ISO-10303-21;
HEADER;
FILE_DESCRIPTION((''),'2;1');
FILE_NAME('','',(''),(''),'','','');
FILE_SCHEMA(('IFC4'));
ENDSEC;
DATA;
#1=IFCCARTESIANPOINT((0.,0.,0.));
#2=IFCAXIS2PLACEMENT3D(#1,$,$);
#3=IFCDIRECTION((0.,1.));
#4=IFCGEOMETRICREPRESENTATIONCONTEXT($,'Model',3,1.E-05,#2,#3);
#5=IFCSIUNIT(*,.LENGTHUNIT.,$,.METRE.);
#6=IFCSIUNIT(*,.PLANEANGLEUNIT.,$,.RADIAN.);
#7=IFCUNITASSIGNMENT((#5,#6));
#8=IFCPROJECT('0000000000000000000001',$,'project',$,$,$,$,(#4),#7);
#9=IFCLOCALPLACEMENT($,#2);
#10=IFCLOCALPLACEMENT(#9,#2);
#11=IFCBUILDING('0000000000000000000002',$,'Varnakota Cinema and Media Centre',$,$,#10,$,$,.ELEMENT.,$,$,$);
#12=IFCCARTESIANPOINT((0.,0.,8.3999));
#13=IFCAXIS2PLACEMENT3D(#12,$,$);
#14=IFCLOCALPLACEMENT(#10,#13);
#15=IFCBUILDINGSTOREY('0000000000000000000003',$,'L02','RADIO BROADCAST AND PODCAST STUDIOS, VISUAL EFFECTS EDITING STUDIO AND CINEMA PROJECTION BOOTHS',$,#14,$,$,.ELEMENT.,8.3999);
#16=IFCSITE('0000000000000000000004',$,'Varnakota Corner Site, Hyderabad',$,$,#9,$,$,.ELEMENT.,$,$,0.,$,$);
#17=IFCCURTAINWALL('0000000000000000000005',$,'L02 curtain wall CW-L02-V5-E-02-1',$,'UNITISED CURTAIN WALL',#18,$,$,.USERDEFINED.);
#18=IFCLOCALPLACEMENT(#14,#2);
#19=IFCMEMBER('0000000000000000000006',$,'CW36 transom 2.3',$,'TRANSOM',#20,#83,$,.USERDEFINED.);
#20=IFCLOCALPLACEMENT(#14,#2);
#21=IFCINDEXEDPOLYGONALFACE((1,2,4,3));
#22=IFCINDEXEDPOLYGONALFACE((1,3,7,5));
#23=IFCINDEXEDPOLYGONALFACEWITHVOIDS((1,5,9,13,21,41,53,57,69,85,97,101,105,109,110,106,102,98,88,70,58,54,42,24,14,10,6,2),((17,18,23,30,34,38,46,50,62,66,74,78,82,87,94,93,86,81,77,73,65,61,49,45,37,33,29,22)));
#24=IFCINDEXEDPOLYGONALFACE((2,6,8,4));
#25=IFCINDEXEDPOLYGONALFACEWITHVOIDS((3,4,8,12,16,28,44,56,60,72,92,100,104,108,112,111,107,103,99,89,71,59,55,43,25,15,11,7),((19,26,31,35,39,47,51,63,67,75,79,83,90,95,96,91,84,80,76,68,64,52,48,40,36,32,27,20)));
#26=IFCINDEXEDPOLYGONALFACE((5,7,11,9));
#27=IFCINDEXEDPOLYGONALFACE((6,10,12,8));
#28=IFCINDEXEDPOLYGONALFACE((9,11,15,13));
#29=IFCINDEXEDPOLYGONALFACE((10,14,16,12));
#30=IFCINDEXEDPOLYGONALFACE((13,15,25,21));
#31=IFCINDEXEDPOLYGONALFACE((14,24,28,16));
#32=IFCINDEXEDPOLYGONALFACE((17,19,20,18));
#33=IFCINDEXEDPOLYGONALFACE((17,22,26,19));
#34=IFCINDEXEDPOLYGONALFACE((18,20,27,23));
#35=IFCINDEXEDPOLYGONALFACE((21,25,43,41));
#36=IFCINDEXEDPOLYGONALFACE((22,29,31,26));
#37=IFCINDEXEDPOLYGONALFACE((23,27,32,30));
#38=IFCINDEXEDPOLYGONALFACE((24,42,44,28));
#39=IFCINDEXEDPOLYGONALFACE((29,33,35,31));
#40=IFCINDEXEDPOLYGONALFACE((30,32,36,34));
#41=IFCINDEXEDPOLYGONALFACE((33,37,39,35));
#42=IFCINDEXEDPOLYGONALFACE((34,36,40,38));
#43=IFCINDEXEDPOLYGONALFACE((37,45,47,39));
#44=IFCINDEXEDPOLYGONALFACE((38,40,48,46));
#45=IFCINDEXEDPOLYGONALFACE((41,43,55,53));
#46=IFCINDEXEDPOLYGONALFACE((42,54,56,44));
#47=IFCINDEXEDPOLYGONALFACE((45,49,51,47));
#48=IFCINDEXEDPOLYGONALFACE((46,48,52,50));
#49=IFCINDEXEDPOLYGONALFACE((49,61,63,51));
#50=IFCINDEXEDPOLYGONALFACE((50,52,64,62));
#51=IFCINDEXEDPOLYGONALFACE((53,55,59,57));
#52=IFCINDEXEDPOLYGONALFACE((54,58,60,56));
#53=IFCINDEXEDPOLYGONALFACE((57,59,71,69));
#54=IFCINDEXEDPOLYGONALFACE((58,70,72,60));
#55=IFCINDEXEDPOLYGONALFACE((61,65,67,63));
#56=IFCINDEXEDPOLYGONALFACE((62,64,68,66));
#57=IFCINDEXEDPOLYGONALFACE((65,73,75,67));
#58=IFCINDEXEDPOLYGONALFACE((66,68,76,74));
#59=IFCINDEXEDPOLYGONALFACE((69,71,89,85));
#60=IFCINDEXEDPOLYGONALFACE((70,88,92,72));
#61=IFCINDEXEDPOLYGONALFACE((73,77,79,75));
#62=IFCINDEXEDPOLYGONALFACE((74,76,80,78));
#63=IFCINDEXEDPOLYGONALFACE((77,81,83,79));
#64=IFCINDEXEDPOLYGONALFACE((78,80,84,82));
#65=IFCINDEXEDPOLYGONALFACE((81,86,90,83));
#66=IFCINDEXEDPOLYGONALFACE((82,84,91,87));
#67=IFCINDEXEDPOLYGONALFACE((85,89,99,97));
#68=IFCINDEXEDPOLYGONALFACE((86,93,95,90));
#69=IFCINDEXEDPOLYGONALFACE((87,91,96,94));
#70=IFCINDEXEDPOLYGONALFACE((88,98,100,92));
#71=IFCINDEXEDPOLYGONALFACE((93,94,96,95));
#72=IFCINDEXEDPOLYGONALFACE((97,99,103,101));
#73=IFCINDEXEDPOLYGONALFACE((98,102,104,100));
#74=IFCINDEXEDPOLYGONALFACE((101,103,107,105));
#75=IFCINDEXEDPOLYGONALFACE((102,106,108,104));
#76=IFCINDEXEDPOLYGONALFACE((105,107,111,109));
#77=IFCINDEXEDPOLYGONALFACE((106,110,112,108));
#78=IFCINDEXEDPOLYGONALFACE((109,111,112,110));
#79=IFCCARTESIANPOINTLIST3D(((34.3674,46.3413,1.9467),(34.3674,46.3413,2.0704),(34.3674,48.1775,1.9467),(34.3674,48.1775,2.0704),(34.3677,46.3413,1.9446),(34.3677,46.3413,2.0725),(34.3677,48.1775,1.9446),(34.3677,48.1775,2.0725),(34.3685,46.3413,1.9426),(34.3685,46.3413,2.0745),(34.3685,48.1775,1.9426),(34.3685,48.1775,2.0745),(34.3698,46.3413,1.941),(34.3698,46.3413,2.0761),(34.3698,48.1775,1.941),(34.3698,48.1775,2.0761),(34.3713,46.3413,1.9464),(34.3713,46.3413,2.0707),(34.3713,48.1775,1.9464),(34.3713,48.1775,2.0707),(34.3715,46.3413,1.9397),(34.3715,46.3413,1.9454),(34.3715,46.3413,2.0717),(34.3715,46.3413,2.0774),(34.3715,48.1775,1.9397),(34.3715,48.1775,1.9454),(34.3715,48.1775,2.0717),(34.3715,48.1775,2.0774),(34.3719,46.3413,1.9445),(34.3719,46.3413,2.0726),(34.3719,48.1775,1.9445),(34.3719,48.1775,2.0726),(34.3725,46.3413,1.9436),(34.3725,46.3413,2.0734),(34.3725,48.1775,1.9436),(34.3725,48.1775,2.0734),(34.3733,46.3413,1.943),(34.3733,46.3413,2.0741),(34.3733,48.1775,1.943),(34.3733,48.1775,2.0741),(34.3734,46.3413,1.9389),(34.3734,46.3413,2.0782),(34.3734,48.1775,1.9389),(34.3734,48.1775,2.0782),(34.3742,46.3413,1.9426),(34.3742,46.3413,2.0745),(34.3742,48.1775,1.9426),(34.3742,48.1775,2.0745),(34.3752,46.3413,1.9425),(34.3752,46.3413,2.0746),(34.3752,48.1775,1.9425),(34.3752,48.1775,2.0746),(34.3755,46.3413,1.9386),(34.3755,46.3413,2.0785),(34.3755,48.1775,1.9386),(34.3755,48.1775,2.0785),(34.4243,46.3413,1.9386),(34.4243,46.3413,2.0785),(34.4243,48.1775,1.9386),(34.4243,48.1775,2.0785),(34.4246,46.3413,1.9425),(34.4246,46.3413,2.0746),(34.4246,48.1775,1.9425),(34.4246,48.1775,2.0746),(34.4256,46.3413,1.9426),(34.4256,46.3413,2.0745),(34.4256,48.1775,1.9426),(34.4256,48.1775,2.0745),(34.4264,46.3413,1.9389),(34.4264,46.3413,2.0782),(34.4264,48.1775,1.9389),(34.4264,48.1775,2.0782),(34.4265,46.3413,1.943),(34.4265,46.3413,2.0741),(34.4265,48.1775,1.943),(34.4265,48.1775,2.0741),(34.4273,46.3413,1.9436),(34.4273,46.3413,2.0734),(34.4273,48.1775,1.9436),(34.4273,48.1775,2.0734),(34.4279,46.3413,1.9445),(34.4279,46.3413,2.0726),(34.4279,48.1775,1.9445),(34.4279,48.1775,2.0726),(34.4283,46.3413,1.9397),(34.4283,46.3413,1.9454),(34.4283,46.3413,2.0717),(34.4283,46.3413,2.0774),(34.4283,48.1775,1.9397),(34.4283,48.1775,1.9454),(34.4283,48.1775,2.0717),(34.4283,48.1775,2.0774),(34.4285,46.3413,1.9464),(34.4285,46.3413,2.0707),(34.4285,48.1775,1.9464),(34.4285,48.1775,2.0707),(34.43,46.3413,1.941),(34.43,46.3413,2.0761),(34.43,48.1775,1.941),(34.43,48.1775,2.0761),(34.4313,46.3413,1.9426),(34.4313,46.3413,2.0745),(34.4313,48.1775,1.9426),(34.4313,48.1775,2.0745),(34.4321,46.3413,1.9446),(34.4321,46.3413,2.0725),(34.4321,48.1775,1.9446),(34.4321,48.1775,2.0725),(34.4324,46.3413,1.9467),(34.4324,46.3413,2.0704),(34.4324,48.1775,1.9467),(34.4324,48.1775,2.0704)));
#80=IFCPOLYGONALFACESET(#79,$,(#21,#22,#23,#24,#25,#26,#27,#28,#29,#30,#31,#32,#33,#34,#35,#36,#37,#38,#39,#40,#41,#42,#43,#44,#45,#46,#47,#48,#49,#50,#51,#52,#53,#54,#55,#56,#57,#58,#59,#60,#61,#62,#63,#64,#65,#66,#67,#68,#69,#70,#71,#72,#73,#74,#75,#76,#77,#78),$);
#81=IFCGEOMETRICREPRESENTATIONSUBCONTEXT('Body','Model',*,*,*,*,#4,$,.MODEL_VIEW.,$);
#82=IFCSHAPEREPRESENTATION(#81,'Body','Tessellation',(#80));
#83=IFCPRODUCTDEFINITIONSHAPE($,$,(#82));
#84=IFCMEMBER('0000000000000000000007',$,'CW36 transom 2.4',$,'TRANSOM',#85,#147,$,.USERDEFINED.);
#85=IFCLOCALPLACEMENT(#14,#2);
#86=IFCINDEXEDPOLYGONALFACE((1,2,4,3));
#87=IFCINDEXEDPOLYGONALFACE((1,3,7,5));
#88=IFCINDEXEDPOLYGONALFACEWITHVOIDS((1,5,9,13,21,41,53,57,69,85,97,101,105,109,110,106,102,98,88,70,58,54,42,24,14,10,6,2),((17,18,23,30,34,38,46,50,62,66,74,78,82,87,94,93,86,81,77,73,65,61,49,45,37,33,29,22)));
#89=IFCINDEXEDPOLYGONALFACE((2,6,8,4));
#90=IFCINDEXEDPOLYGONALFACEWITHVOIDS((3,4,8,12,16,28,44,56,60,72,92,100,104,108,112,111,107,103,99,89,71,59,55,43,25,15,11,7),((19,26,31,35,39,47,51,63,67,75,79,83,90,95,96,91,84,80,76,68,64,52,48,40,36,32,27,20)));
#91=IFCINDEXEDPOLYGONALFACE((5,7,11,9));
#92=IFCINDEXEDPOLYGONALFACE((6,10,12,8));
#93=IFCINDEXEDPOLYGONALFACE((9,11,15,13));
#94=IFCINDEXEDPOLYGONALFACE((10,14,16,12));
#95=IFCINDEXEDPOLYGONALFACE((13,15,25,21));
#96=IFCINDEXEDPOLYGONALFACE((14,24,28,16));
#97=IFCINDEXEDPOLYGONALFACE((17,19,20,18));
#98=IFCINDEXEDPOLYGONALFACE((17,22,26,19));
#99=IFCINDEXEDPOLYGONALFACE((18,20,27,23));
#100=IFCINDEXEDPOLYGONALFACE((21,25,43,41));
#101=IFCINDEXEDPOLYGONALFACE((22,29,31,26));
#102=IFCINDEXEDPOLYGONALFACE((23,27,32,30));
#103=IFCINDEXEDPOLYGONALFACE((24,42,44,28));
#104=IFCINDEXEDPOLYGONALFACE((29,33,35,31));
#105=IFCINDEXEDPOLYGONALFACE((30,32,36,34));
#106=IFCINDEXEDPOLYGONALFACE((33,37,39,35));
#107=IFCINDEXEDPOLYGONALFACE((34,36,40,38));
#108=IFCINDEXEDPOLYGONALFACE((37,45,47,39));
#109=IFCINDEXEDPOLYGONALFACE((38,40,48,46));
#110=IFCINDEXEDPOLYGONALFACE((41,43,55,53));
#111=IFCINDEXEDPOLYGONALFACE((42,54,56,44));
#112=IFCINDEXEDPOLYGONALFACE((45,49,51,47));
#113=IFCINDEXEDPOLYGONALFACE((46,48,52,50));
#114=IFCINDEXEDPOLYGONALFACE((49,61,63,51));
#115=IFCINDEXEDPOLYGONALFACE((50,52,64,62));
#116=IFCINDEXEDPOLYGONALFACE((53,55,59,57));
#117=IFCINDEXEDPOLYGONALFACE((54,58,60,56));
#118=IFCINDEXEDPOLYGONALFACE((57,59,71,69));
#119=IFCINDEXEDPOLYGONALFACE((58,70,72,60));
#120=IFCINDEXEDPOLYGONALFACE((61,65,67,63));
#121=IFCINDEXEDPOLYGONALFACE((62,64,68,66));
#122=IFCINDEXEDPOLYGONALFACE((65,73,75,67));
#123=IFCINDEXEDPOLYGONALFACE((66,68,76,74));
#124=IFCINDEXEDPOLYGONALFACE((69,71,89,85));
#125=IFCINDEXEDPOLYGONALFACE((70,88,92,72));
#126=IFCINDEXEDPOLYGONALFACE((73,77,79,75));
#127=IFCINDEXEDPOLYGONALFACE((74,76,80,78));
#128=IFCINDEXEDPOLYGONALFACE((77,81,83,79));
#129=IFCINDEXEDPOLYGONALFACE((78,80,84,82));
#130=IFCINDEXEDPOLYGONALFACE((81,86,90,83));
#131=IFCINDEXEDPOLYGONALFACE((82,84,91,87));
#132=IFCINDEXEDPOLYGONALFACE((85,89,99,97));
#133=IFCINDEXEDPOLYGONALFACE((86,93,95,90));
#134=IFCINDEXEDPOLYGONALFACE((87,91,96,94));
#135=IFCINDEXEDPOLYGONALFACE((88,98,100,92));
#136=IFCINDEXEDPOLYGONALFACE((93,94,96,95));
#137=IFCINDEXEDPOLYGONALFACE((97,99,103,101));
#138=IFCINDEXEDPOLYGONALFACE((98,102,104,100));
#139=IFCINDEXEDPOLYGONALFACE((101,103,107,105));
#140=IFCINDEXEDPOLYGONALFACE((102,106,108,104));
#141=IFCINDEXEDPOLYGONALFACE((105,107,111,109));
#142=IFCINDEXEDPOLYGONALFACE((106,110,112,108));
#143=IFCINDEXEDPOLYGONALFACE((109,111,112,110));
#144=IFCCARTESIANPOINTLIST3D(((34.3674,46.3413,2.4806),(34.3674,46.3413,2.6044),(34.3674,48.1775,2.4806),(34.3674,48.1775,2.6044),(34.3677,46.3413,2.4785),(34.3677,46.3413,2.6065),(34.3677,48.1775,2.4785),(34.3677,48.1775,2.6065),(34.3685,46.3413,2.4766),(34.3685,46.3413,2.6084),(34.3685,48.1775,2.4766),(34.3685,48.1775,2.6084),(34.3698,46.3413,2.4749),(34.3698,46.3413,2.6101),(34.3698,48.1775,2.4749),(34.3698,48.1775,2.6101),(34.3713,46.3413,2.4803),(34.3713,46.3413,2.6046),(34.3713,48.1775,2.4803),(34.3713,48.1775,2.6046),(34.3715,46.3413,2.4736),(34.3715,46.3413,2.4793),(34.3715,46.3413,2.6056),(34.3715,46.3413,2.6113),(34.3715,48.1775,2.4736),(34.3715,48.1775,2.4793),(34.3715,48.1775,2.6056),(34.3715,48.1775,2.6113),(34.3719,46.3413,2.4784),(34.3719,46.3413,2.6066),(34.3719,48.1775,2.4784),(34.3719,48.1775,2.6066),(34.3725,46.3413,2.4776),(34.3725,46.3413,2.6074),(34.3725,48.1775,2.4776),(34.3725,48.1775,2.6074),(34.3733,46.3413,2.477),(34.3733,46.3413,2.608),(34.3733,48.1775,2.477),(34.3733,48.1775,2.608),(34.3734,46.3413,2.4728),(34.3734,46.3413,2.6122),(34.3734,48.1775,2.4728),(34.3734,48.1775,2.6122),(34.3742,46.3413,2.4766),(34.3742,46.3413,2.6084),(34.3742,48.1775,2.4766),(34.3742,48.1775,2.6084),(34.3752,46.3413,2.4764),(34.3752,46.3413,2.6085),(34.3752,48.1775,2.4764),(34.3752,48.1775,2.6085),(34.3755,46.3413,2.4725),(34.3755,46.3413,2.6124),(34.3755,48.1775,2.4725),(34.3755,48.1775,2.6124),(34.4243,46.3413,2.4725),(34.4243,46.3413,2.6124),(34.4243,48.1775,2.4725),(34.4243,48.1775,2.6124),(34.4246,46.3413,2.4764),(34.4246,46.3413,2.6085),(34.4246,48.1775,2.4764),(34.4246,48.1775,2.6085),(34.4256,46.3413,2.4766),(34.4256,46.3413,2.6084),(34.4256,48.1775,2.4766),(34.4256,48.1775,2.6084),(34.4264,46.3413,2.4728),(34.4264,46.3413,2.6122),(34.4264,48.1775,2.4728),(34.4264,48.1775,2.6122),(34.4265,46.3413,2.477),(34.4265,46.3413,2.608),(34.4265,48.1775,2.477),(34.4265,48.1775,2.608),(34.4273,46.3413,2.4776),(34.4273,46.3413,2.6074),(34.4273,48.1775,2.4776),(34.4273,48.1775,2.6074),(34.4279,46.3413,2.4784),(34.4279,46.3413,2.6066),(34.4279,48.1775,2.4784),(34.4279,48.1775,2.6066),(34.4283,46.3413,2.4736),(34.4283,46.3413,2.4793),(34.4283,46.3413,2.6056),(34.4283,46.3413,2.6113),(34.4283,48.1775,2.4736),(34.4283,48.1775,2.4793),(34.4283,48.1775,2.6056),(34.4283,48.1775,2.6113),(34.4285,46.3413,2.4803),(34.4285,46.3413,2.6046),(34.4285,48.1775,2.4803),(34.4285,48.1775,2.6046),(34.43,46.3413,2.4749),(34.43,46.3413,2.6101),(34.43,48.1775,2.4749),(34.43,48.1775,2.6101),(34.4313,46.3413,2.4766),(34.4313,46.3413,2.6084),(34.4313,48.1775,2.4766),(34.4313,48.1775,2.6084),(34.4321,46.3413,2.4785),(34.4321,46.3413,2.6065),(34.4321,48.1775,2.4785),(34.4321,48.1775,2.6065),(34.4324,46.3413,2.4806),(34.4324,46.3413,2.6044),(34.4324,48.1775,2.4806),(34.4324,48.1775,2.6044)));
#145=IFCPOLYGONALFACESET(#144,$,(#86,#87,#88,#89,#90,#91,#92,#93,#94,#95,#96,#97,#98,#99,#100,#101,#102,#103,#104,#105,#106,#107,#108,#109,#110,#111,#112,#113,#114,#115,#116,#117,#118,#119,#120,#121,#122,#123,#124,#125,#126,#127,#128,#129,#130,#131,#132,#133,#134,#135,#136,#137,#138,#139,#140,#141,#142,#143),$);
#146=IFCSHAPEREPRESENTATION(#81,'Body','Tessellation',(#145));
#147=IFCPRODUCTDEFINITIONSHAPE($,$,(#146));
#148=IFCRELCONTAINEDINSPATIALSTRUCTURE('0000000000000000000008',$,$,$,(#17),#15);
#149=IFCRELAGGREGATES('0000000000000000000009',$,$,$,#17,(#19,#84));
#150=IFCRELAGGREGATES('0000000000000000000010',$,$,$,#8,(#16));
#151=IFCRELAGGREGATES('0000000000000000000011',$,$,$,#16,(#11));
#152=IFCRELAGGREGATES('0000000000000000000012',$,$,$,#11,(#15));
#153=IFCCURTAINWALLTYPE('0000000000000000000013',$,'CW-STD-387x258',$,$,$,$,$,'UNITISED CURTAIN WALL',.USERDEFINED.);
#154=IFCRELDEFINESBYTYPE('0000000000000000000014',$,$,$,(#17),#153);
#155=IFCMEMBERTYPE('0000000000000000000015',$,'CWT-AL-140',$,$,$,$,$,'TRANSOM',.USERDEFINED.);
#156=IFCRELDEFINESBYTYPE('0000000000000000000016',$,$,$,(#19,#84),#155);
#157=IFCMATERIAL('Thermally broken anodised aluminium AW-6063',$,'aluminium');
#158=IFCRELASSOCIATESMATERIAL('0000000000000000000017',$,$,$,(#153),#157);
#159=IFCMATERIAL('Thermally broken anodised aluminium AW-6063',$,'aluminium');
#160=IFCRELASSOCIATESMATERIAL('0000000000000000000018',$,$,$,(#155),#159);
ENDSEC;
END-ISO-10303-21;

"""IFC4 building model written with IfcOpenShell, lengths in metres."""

from ifc_helpers import new_model, si_unit, direction, frame, origin, origin_2d, place, context, subcontext, project, spatial, hollow_rectangle, extrude, material, material_profile, profile_set, type_object, element, aggregate, save


model = new_model("IFC4")

# Units and contexts
model_context = context("Model", 3, precision=1e-05, world=origin(), true_north=direction((0.0, 1.0)))
body_context = subcontext(model_context, "Body", "Model", "MODEL_VIEW")
ifc_project = project(units=[si_unit("LENGTHUNIT", "METRE"), si_unit("PLANEANGLEUNIT", "RADIAN")], contexts=[model_context])

# Site, building, storey
site_placement = place(None, origin())
site = spatial("IfcSite", under=ifc_project, at=site_placement, Name="Varnakota Corner Site, Hyderabad", CompositionType="ELEMENT", RefElevation=0.0)
building_placement = place(site_placement, origin())
building = spatial("IfcBuilding", under=site, at=building_placement, Name="Varnakota Cinema and Media Centre", CompositionType="ELEMENT")
storey_placement = place(building_placement, frame((0.0, 0.0, 8.3999)))
storey = spatial("IfcBuildingStorey", under=building, at=storey_placement, Name="L02", Description="RADIO BROADCAST AND PODCAST STUDIOS, VISUAL EFFECTS EDITING STUDIO AND CINEMA PROJECTION BOOTHS", CompositionType="ELEMENT", Elevation=8.3999)

# Curtain wall
ifc_material_1 = material(Name="Thermally broken anodised aluminium AW-6063", Category="aluminium")
curtain_wall_type = type_object("IfcCurtainWallType", Name="CW-STD-387x258", ElementType="UNITISED CURTAIN WALL", PredefinedType="USERDEFINED", material=ifc_material_1)
curtain_wall_1_placement = place(storey_placement, origin())
curtain_wall_1 = element("IfcCurtainWall", 1, at=curtain_wall_1_placement, inside=storey, type_object=curtain_wall_type, Name="L02 curtain wall CW-L02-V5-E-02-1", ObjectType="UNITISED CURTAIN WALL", PredefinedType="USERDEFINED")

# Members
ifc_material_2 = material(Name="Thermally broken anodised aluminium AW-6063", Category="aluminium")
ifc_material_profile_1 = material_profile(ifc_material_2, hollow_rectangle(XDim=0.0649, YDim=0.1399, WallThickness=0.0039, InnerFilletRadius=0.0039, OuterFilletRadius=0.0081, at=origin_2d()), Name="AL-TRANSOM 140x65x4")
ifc_profile_set_1 = profile_set([ifc_material_profile_1], Name="Thermally broken anodised aluminium AW-6063")
member_type_1 = type_object("IfcMemberType", Name="CWT-AL-140", ElementType="TRANSOM", PredefinedType="USERDEFINED", material=ifc_profile_set_1)
member_1_placement = place(storey_placement, frame((34.3999, 46.3413, 2.0085), z_axis=(0.0, 1.0, 0.0), x_axis=(-1.0, 0.0, 0.0)))
member_1 = element("IfcMember", 2, at=member_1_placement, type_object=member_type_1, Name="CW36 transom 2.3", ObjectType="TRANSOM", PredefinedType="USERDEFINED", context=body_context, shape_type="SweptSolid", body=[
    extrude(hollow_rectangle(XDim=0.0649, YDim=0.1399, WallThickness=0.0039, InnerFilletRadius=0.0039, OuterFilletRadius=0.0081, at=origin_2d()), origin(), (0.0, 0.0, 1.0), 1.8362),
])
member_2_placement = place(storey_placement, frame((34.3999, 46.3413, 2.5425), z_axis=(0.0, 1.0, 0.0), x_axis=(-1.0, 0.0, 0.0)))
member_2 = element("IfcMember", 3, at=member_2_placement, type_object=member_type_1, Name="CW36 transom 2.4", ObjectType="TRANSOM", PredefinedType="USERDEFINED", context=body_context, shape_type="SweptSolid", body=[
    extrude(hollow_rectangle(XDim=0.0649, YDim=0.1399, WallThickness=0.0039, InnerFilletRadius=0.0039, OuterFilletRadius=0.0081, at=origin_2d()), origin(), (0.0, 0.0, 1.0), 1.8362),
])

aggregate(curtain_wall_1, [member_1, member_2])

save(model, "model.ifc")
